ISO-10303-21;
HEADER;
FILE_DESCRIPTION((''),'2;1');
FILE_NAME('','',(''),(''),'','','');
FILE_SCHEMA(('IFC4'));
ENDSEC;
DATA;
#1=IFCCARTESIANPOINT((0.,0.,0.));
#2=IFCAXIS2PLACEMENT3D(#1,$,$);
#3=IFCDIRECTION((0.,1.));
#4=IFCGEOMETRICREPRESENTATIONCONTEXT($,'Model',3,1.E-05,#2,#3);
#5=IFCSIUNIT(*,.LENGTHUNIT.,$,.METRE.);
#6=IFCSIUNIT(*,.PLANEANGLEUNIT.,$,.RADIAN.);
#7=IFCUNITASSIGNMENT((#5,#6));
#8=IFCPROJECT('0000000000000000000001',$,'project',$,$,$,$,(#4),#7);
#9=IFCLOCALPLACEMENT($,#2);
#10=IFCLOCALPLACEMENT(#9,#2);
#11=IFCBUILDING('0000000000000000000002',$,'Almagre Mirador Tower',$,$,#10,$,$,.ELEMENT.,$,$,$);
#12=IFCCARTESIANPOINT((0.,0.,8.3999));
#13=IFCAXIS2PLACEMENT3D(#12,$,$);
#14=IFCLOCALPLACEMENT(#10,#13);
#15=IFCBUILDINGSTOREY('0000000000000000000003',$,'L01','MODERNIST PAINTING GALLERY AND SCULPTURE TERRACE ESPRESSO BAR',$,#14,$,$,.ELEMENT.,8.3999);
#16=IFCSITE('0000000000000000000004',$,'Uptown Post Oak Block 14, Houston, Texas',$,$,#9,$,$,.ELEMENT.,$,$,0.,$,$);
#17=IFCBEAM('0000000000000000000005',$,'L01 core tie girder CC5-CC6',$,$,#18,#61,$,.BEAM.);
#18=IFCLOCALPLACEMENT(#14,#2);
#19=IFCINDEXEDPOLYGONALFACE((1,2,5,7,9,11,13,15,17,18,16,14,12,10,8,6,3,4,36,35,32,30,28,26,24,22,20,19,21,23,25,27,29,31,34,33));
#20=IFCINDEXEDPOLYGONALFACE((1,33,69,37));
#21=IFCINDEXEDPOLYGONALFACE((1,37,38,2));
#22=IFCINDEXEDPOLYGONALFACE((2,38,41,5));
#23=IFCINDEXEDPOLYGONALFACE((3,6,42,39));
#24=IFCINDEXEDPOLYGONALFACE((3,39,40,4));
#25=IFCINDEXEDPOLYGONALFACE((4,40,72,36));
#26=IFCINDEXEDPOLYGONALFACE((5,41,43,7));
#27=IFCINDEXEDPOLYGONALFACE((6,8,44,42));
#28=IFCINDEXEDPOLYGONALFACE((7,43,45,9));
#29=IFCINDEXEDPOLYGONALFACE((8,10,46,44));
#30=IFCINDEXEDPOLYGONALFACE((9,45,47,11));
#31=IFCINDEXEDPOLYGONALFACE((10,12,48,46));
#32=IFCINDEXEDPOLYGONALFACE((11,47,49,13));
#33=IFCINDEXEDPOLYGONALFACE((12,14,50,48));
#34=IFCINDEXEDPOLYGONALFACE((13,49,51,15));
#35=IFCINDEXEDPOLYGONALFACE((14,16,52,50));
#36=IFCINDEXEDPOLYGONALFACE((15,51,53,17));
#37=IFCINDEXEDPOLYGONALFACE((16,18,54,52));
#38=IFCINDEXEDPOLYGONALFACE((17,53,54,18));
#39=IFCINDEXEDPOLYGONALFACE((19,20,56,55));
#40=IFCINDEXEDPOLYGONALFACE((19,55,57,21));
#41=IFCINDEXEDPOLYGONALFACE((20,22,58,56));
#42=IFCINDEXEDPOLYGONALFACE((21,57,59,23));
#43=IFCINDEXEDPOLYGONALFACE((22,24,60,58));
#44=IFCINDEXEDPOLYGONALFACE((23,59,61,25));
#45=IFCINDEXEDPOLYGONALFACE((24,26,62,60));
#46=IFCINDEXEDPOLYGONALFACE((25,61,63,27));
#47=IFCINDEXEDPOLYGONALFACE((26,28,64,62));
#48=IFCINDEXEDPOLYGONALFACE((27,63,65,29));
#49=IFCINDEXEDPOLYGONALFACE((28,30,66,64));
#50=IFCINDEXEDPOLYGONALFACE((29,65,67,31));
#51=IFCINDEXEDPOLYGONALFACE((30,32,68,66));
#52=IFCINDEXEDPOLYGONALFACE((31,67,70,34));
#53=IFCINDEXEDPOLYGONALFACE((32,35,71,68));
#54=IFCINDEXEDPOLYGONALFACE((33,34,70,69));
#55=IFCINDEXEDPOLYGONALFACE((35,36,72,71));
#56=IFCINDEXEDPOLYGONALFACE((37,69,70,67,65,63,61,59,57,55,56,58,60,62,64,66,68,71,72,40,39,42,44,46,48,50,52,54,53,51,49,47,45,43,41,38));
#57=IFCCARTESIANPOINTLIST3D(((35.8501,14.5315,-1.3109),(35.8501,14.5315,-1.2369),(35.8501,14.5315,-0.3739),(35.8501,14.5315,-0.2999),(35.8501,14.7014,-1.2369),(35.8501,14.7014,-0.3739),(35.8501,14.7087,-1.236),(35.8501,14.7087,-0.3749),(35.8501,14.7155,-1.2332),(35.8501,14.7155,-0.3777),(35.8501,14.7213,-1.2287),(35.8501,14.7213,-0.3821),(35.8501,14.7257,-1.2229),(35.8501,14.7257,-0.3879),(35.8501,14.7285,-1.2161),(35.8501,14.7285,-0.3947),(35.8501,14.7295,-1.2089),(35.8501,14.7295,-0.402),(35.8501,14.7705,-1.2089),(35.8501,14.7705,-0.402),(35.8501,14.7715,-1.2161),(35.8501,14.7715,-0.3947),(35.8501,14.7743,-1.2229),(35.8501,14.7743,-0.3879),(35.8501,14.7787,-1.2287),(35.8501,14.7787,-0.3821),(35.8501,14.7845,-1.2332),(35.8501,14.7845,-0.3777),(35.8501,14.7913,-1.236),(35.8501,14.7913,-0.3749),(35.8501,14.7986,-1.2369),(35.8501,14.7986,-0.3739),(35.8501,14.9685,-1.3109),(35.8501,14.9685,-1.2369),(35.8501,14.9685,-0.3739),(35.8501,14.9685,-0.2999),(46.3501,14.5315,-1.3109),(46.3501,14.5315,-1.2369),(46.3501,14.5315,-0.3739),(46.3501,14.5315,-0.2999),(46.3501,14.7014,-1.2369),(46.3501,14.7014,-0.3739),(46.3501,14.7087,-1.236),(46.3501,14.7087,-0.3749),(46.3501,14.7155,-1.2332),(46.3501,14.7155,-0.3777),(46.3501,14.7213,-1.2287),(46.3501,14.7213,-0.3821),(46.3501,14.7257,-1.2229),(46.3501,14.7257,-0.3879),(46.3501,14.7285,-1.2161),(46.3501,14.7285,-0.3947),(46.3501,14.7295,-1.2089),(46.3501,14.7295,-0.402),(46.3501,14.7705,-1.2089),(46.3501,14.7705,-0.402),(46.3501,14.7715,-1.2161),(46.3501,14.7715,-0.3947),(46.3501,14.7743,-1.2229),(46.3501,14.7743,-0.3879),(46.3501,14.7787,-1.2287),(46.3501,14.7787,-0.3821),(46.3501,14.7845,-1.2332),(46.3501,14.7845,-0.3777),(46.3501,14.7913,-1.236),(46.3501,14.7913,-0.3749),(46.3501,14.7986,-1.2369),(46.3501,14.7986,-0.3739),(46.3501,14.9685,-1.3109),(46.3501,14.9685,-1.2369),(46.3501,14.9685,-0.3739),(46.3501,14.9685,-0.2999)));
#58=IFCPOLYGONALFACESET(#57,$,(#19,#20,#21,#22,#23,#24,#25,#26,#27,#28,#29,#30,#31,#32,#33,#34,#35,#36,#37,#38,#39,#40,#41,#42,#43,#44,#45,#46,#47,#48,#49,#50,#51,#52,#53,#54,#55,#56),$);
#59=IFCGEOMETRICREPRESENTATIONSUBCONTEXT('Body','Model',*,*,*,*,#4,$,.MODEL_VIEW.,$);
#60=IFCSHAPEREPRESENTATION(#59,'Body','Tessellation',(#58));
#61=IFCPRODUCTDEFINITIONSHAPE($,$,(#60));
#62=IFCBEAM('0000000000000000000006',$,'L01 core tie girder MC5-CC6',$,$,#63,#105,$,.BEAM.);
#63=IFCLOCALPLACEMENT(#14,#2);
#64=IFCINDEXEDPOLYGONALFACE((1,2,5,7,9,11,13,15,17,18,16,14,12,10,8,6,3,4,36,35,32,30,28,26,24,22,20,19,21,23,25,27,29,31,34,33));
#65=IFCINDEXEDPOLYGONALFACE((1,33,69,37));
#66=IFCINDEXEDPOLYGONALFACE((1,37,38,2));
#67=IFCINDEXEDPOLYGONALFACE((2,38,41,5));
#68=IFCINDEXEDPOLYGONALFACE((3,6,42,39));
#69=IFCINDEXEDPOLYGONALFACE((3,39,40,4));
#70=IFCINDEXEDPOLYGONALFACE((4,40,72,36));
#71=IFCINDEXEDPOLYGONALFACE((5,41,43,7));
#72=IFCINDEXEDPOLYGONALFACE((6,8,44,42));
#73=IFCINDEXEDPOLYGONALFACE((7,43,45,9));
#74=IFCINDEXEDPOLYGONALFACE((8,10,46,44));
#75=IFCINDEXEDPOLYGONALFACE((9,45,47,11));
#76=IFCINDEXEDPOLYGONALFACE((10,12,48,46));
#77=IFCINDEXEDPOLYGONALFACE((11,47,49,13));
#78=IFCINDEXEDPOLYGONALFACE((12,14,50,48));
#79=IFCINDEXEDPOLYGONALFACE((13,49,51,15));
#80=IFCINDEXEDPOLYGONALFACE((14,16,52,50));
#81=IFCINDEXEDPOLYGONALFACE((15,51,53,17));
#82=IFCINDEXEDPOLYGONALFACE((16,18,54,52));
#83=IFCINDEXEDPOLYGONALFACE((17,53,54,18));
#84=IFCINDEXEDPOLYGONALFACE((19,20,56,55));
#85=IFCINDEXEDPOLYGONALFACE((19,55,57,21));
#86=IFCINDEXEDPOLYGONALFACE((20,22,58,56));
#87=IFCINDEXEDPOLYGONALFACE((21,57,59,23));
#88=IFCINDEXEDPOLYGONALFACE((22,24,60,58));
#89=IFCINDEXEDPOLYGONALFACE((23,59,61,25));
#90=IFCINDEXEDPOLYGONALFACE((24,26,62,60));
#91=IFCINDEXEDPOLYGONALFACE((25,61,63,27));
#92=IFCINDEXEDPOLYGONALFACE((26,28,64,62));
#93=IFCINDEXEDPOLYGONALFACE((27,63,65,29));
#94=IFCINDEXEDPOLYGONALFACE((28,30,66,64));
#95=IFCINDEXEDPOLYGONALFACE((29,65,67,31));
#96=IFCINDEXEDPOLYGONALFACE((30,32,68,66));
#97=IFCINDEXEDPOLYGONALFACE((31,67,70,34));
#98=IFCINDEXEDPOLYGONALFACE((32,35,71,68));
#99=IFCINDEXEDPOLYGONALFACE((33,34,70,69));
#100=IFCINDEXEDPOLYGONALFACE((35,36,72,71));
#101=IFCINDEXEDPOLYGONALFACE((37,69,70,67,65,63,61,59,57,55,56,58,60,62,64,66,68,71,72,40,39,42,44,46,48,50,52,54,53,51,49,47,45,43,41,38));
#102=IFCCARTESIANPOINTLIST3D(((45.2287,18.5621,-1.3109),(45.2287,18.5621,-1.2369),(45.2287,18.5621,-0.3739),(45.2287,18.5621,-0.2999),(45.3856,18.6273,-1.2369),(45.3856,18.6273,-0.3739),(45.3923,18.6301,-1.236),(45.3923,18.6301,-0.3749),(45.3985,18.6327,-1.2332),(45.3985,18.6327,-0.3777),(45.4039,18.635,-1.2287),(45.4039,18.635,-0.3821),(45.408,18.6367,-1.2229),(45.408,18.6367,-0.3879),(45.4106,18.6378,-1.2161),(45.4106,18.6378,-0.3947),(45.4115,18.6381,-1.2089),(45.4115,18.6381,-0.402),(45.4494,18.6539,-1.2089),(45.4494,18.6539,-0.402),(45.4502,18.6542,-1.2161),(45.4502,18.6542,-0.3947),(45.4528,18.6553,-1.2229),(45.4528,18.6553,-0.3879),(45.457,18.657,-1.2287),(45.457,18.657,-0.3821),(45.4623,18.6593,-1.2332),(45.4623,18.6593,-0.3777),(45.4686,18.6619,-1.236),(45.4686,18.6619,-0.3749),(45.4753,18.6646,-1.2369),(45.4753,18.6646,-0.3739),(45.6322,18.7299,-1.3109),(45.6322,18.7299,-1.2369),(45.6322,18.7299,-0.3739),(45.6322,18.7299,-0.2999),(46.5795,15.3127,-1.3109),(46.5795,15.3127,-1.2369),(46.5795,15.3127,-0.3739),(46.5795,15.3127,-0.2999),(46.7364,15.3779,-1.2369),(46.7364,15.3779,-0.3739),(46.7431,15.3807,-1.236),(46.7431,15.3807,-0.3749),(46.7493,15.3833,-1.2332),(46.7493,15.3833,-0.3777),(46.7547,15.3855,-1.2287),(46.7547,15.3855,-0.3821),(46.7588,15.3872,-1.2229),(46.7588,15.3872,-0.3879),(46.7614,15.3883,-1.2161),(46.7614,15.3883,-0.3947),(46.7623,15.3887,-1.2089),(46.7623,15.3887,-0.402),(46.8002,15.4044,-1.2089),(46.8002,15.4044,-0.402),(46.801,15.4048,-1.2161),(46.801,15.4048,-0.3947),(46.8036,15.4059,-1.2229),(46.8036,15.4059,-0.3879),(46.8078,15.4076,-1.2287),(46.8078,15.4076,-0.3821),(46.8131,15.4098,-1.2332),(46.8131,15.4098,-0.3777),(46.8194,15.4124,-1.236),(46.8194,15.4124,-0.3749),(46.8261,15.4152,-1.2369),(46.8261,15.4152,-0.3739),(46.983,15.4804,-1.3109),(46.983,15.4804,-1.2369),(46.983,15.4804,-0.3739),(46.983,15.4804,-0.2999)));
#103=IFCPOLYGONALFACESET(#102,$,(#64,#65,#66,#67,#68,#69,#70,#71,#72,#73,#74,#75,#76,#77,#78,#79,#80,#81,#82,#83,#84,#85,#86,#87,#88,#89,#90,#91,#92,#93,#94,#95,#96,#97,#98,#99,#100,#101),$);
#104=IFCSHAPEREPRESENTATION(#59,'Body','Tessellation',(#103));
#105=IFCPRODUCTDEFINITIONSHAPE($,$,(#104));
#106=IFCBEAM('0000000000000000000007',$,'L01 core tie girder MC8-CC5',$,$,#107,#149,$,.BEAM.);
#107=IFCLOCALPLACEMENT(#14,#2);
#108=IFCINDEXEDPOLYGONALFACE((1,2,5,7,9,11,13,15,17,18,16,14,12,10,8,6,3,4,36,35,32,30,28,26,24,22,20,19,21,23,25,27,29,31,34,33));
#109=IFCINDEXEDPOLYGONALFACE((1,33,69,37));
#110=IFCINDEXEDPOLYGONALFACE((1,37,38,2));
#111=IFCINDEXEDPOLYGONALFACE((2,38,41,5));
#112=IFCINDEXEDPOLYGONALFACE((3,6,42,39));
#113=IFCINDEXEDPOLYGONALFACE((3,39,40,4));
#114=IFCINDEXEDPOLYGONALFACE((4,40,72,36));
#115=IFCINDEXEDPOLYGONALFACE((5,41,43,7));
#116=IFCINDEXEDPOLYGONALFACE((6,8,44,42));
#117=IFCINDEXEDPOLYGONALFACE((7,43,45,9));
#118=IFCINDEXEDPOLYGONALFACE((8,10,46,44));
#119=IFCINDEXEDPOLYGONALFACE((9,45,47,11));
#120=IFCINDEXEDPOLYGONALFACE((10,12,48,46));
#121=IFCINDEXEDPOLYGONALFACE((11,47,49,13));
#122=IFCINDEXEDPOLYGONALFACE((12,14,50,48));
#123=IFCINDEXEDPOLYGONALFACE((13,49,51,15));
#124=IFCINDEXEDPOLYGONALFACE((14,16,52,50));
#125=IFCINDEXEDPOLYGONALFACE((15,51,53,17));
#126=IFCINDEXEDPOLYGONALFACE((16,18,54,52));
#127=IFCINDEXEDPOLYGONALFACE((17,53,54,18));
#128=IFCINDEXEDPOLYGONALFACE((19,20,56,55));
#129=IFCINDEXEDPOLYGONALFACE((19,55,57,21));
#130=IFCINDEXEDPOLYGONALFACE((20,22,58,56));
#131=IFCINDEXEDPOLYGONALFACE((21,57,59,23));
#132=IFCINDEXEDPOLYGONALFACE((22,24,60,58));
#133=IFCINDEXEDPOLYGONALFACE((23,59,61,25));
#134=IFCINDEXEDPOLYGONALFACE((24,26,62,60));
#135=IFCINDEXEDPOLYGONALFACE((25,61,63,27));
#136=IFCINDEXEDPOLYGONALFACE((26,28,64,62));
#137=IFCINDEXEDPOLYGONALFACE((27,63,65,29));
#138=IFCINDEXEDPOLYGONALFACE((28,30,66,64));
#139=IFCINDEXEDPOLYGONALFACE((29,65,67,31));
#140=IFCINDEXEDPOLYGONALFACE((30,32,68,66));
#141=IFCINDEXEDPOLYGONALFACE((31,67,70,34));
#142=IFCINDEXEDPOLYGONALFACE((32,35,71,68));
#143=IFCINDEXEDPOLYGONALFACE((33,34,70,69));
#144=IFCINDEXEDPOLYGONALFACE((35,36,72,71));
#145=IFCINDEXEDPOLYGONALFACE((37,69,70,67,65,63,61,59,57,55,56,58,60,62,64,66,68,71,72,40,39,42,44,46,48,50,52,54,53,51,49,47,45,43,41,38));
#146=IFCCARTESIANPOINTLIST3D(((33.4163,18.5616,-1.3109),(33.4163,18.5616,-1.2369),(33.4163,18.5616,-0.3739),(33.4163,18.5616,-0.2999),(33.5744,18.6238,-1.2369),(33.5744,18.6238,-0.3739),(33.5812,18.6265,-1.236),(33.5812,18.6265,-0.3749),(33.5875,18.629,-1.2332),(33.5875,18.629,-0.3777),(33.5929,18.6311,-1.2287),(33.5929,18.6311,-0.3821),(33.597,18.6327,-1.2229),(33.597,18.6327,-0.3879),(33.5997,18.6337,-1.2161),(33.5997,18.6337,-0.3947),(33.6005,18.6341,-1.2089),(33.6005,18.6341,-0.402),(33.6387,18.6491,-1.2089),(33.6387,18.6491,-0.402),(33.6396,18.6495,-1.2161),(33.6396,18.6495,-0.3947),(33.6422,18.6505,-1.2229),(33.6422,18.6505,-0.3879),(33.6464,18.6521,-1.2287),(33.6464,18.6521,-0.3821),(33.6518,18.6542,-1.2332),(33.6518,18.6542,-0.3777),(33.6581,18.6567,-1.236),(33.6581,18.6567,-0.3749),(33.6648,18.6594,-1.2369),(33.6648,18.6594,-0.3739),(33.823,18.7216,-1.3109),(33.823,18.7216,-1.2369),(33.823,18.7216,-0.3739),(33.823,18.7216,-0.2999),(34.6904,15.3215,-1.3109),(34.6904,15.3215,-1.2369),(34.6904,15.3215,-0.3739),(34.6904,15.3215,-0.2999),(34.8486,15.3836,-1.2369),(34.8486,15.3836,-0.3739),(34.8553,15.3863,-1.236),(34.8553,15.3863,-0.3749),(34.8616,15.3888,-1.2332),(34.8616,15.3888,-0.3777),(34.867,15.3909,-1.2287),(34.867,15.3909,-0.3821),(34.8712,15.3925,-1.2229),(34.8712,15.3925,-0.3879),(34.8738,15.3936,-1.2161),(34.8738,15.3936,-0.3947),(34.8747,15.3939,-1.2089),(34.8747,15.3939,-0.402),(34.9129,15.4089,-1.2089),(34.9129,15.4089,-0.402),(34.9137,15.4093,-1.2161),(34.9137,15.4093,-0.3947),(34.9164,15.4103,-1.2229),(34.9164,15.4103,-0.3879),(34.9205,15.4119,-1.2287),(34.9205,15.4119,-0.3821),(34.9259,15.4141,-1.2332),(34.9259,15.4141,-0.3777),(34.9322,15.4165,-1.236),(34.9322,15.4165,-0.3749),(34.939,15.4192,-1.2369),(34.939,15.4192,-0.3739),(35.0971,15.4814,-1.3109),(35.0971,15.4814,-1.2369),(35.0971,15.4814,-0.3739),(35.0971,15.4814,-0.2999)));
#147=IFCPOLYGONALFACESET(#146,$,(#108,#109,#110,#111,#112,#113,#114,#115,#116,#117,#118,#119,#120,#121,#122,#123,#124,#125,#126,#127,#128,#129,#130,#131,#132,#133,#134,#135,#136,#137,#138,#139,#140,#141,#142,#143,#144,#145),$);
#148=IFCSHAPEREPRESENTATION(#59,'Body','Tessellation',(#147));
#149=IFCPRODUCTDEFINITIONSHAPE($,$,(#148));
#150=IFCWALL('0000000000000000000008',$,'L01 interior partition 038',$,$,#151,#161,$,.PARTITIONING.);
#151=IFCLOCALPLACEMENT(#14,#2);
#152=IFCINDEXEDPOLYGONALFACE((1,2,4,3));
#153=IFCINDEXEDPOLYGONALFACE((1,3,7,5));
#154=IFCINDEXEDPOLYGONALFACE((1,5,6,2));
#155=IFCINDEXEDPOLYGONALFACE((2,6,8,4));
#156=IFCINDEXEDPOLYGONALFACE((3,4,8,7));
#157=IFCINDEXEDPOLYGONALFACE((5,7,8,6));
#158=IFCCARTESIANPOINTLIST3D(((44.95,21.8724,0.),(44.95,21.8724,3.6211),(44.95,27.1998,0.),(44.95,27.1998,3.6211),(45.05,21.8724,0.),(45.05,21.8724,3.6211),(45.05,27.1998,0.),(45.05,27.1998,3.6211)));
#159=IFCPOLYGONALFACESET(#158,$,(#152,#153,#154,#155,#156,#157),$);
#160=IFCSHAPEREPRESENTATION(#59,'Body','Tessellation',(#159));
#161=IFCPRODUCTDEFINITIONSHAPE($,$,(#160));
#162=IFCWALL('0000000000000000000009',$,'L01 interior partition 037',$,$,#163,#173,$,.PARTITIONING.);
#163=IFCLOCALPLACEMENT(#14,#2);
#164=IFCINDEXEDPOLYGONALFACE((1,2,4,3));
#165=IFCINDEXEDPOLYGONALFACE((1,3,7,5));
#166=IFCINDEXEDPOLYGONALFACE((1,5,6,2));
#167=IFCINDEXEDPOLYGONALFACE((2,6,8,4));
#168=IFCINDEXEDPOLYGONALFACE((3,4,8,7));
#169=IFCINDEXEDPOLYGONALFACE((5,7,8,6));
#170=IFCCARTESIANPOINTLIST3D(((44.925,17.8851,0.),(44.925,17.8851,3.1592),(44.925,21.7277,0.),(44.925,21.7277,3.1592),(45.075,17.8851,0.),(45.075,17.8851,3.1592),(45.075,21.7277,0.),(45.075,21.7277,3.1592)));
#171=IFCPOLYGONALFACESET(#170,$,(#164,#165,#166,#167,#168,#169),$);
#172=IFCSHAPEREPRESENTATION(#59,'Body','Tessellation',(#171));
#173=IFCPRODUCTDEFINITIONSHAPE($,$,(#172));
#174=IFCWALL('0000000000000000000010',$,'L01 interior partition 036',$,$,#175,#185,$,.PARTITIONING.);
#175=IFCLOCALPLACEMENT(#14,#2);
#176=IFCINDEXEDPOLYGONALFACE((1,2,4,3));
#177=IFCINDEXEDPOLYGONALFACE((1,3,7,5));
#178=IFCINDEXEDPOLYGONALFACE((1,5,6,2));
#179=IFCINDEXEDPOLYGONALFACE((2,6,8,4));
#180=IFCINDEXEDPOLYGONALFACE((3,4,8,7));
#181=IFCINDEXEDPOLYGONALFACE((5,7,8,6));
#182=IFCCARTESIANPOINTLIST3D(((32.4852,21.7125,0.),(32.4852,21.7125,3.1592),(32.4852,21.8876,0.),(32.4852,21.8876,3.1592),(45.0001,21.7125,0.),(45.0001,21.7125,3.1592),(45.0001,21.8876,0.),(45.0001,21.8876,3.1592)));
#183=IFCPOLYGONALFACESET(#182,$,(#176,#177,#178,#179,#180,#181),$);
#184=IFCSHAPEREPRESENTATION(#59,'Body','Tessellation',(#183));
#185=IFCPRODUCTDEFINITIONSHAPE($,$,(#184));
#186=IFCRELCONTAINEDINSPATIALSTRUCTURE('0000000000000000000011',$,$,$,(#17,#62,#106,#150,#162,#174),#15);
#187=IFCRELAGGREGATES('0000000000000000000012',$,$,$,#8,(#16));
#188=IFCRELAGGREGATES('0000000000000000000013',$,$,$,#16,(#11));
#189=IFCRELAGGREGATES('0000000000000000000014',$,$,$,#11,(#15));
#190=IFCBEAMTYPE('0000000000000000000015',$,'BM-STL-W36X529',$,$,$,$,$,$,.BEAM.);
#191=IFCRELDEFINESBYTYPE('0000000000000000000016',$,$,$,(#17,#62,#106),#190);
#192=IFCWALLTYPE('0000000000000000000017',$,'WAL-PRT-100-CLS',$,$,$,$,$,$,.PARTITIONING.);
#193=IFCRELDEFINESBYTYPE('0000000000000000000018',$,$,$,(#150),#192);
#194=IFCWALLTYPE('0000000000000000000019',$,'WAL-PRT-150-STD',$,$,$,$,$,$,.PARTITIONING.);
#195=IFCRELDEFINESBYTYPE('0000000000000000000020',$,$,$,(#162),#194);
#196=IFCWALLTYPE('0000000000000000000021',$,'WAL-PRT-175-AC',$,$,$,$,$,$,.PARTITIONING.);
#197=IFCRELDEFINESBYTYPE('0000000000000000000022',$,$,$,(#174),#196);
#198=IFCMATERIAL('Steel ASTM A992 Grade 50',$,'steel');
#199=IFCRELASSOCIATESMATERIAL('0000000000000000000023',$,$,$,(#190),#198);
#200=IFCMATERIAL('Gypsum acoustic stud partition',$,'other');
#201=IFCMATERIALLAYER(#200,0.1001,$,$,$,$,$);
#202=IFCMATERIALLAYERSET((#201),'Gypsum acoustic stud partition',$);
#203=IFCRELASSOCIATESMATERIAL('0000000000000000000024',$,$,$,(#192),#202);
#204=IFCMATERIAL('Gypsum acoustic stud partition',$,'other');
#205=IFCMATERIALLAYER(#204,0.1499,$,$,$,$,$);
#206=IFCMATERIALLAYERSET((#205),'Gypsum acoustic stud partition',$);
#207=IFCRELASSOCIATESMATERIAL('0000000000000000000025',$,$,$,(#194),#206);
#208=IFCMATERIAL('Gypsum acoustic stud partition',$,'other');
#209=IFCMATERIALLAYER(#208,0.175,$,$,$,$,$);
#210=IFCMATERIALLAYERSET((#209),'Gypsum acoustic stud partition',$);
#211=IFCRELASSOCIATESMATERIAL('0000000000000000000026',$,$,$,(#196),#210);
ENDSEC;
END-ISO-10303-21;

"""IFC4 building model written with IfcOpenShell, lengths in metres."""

from ifc_helpers import new_model, si_unit, direction, frame, frame_2d, origin, origin_2d, place, context, subcontext, project, spatial, rectangle, i_section, extrude, material, layer, layer_set, material_profile, profile_set, type_object, element, save


model = new_model("IFC4")

# Units and contexts
model_context = context("Model", 3, precision=1e-05, world=origin(), true_north=direction((0.0, 1.0)))
body_context = subcontext(model_context, "Body", "Model", "MODEL_VIEW")
ifc_project = project(units=[si_unit("LENGTHUNIT", "METRE"), si_unit("PLANEANGLEUNIT", "RADIAN")], contexts=[model_context])

# Site, building, storey
site_placement = place(None, origin())
site = spatial("IfcSite", under=ifc_project, at=site_placement, Name="Uptown Post Oak Block 14, Houston, Texas", CompositionType="ELEMENT", RefElevation=0.0)
building_placement = place(site_placement, origin())
building = spatial("IfcBuilding", under=site, at=building_placement, Name="Almagre Mirador Tower", CompositionType="ELEMENT")
storey_placement = place(building_placement, frame((0.0, 0.0, 8.3999)))
storey = spatial("IfcBuildingStorey", under=building, at=storey_placement, Name="L01", Description="MODERNIST PAINTING GALLERY AND SCULPTURE TERRACE ESPRESSO BAR", CompositionType="ELEMENT", Elevation=8.3999)

# Beams
ifc_material_1 = material(Name="Steel ASTM A992 Grade 50", Category="steel")
ifc_material_profile_1 = material_profile(ifc_material_1, i_section(OverallWidth=0.437, OverallDepth=1.011, WebThickness=0.041, FlangeThickness=0.074, FilletRadius=0.0281, at=origin_2d()), Name="W36X529")
ifc_profile_set_1 = profile_set([ifc_material_profile_1], Name="Steel ASTM A992 Grade 50")
beam_type_1 = type_object("IfcBeamType", Name="BM-STL-W36X529", PredefinedType="BEAM", material=ifc_profile_set_1)
beam_1_placement = place(storey_placement, frame((35.8501, 14.75, -0.8054), z_axis=(1.0, 0.0, 0.0), x_axis=(0.0, 1.0, 0.0)))
element("IfcBeam", 1, at=beam_1_placement, inside=storey, type_object=beam_type_1, Name="L01 core tie girder CC5-CC6", PredefinedType="BEAM", context=body_context, shape_type="SweptSolid", body=[
    extrude(i_section(OverallWidth=0.437, OverallDepth=1.011, WebThickness=0.041, FlangeThickness=0.074, FilletRadius=0.0281, at=origin_2d()), origin(), (0.0, 0.0, 1.0), 10.5),
])
beam_2_placement = place(storey_placement, frame((45.4304, 18.646, -0.8054), z_axis=(0.383857, -0.923393, 0.0), x_axis=(0.923393, 0.383857, 0.0)))
element("IfcBeam", 2, at=beam_2_placement, inside=storey, type_object=beam_type_1, Name="L01 core tie girder MC5-CC6", PredefinedType="BEAM", context=body_context, shape_type="SweptSolid", body=[
    extrude(i_section(OverallWidth=0.437, OverallDepth=1.011, WebThickness=0.041, FlangeThickness=0.074, FilletRadius=0.0281, at=origin_2d()), origin(), (0.0, 0.0, 1.0), 3.519),
])
beam_3_placement = place(storey_placement, frame((33.6196, 18.6416, -0.8054), z_axis=(0.365956, -0.930632, 0.0), x_axis=(0.930632, 0.365956, 0.0)))
element("IfcBeam", 3, at=beam_3_placement, inside=storey, type_object=beam_type_1, Name="L01 core tie girder MC8-CC5", PredefinedType="BEAM", context=body_context, shape_type="SweptSolid", body=[
    extrude(i_section(OverallWidth=0.437, OverallDepth=1.011, WebThickness=0.041, FlangeThickness=0.074, FilletRadius=0.0281, at=origin_2d()), origin(), (0.0, 0.0, 1.0), 3.4817),
])

# Walls
ifc_material_2 = material(Name="Gypsum acoustic stud partition", Category="other")
ifc_layer_1 = layer(ifc_material_2, 0.1001)
ifc_layer_set_1 = layer_set([ifc_layer_1], Name="Gypsum acoustic stud partition")
wall_type_1 = type_object("IfcWallType", Name="WAL-PRT-100-CLS", PredefinedType="PARTITIONING", material=ifc_layer_set_1)
wall_1_placement = place(storey_placement, frame((45.0, 21.8726, 0.0), z_axis=(0.0, 0.0, 1.0), x_axis=(0.0, 1.0, 0.0)))
element("IfcWall", 4, at=wall_1_placement, inside=storey, type_object=wall_type_1, Name="L01 interior partition 038", PredefinedType="PARTITIONING", context=body_context, shape_type="SweptSolid", body=[
    extrude(rectangle(XDim=5.3274, YDim=0.1001, at=frame_2d((2.6636, 0.0))), origin(), (0.0, 0.0, 1.0), 3.6211),
])
ifc_material_3 = material(Name="Gypsum acoustic stud partition", Category="other")
ifc_layer_2 = layer(ifc_material_3, 0.1499)
ifc_layer_set_2 = layer_set([ifc_layer_2], Name="Gypsum acoustic stud partition")
wall_type_2 = type_object("IfcWallType", Name="WAL-PRT-150-STD", PredefinedType="PARTITIONING", material=ifc_layer_set_2)
wall_2_placement = place(storey_placement, frame((45.0, 17.885, 0.0), z_axis=(0.0, 0.0, 1.0), x_axis=(0.0, 1.0, 0.0)))
element("IfcWall", 5, at=wall_2_placement, inside=storey, type_object=wall_type_2, Name="L01 interior partition 037", PredefinedType="PARTITIONING", context=body_context, shape_type="SweptSolid", body=[
    extrude(rectangle(XDim=3.8425, YDim=0.1499, at=frame_2d((1.9214, 0.0))), origin(), (0.0, 0.0, 1.0), 3.1592),
])
ifc_material_4 = material(Name="Gypsum acoustic stud partition", Category="other")
ifc_layer_3 = layer(ifc_material_4, 0.175)
ifc_layer_set_3 = layer_set([ifc_layer_3], Name="Gypsum acoustic stud partition")
wall_type_3 = type_object("IfcWallType", Name="WAL-PRT-175-AC", PredefinedType="PARTITIONING", material=ifc_layer_set_3)
wall_3_placement = place(storey_placement, frame((45.0, 21.8, 0.0), z_axis=(0.0, 0.0, 1.0), x_axis=(-1.0, 0.0, 0.0)))
element("IfcWall", 6, at=wall_3_placement, inside=storey, type_object=wall_type_3, Name="L01 interior partition 036", PredefinedType="PARTITIONING", context=body_context, shape_type="SweptSolid", body=[
    extrude(rectangle(XDim=12.5149, YDim=0.175, at=frame_2d((6.2573, 0.0))), origin(), (0.0, 0.0, 1.0), 3.1592),
])

save(model, "model.ifc")
